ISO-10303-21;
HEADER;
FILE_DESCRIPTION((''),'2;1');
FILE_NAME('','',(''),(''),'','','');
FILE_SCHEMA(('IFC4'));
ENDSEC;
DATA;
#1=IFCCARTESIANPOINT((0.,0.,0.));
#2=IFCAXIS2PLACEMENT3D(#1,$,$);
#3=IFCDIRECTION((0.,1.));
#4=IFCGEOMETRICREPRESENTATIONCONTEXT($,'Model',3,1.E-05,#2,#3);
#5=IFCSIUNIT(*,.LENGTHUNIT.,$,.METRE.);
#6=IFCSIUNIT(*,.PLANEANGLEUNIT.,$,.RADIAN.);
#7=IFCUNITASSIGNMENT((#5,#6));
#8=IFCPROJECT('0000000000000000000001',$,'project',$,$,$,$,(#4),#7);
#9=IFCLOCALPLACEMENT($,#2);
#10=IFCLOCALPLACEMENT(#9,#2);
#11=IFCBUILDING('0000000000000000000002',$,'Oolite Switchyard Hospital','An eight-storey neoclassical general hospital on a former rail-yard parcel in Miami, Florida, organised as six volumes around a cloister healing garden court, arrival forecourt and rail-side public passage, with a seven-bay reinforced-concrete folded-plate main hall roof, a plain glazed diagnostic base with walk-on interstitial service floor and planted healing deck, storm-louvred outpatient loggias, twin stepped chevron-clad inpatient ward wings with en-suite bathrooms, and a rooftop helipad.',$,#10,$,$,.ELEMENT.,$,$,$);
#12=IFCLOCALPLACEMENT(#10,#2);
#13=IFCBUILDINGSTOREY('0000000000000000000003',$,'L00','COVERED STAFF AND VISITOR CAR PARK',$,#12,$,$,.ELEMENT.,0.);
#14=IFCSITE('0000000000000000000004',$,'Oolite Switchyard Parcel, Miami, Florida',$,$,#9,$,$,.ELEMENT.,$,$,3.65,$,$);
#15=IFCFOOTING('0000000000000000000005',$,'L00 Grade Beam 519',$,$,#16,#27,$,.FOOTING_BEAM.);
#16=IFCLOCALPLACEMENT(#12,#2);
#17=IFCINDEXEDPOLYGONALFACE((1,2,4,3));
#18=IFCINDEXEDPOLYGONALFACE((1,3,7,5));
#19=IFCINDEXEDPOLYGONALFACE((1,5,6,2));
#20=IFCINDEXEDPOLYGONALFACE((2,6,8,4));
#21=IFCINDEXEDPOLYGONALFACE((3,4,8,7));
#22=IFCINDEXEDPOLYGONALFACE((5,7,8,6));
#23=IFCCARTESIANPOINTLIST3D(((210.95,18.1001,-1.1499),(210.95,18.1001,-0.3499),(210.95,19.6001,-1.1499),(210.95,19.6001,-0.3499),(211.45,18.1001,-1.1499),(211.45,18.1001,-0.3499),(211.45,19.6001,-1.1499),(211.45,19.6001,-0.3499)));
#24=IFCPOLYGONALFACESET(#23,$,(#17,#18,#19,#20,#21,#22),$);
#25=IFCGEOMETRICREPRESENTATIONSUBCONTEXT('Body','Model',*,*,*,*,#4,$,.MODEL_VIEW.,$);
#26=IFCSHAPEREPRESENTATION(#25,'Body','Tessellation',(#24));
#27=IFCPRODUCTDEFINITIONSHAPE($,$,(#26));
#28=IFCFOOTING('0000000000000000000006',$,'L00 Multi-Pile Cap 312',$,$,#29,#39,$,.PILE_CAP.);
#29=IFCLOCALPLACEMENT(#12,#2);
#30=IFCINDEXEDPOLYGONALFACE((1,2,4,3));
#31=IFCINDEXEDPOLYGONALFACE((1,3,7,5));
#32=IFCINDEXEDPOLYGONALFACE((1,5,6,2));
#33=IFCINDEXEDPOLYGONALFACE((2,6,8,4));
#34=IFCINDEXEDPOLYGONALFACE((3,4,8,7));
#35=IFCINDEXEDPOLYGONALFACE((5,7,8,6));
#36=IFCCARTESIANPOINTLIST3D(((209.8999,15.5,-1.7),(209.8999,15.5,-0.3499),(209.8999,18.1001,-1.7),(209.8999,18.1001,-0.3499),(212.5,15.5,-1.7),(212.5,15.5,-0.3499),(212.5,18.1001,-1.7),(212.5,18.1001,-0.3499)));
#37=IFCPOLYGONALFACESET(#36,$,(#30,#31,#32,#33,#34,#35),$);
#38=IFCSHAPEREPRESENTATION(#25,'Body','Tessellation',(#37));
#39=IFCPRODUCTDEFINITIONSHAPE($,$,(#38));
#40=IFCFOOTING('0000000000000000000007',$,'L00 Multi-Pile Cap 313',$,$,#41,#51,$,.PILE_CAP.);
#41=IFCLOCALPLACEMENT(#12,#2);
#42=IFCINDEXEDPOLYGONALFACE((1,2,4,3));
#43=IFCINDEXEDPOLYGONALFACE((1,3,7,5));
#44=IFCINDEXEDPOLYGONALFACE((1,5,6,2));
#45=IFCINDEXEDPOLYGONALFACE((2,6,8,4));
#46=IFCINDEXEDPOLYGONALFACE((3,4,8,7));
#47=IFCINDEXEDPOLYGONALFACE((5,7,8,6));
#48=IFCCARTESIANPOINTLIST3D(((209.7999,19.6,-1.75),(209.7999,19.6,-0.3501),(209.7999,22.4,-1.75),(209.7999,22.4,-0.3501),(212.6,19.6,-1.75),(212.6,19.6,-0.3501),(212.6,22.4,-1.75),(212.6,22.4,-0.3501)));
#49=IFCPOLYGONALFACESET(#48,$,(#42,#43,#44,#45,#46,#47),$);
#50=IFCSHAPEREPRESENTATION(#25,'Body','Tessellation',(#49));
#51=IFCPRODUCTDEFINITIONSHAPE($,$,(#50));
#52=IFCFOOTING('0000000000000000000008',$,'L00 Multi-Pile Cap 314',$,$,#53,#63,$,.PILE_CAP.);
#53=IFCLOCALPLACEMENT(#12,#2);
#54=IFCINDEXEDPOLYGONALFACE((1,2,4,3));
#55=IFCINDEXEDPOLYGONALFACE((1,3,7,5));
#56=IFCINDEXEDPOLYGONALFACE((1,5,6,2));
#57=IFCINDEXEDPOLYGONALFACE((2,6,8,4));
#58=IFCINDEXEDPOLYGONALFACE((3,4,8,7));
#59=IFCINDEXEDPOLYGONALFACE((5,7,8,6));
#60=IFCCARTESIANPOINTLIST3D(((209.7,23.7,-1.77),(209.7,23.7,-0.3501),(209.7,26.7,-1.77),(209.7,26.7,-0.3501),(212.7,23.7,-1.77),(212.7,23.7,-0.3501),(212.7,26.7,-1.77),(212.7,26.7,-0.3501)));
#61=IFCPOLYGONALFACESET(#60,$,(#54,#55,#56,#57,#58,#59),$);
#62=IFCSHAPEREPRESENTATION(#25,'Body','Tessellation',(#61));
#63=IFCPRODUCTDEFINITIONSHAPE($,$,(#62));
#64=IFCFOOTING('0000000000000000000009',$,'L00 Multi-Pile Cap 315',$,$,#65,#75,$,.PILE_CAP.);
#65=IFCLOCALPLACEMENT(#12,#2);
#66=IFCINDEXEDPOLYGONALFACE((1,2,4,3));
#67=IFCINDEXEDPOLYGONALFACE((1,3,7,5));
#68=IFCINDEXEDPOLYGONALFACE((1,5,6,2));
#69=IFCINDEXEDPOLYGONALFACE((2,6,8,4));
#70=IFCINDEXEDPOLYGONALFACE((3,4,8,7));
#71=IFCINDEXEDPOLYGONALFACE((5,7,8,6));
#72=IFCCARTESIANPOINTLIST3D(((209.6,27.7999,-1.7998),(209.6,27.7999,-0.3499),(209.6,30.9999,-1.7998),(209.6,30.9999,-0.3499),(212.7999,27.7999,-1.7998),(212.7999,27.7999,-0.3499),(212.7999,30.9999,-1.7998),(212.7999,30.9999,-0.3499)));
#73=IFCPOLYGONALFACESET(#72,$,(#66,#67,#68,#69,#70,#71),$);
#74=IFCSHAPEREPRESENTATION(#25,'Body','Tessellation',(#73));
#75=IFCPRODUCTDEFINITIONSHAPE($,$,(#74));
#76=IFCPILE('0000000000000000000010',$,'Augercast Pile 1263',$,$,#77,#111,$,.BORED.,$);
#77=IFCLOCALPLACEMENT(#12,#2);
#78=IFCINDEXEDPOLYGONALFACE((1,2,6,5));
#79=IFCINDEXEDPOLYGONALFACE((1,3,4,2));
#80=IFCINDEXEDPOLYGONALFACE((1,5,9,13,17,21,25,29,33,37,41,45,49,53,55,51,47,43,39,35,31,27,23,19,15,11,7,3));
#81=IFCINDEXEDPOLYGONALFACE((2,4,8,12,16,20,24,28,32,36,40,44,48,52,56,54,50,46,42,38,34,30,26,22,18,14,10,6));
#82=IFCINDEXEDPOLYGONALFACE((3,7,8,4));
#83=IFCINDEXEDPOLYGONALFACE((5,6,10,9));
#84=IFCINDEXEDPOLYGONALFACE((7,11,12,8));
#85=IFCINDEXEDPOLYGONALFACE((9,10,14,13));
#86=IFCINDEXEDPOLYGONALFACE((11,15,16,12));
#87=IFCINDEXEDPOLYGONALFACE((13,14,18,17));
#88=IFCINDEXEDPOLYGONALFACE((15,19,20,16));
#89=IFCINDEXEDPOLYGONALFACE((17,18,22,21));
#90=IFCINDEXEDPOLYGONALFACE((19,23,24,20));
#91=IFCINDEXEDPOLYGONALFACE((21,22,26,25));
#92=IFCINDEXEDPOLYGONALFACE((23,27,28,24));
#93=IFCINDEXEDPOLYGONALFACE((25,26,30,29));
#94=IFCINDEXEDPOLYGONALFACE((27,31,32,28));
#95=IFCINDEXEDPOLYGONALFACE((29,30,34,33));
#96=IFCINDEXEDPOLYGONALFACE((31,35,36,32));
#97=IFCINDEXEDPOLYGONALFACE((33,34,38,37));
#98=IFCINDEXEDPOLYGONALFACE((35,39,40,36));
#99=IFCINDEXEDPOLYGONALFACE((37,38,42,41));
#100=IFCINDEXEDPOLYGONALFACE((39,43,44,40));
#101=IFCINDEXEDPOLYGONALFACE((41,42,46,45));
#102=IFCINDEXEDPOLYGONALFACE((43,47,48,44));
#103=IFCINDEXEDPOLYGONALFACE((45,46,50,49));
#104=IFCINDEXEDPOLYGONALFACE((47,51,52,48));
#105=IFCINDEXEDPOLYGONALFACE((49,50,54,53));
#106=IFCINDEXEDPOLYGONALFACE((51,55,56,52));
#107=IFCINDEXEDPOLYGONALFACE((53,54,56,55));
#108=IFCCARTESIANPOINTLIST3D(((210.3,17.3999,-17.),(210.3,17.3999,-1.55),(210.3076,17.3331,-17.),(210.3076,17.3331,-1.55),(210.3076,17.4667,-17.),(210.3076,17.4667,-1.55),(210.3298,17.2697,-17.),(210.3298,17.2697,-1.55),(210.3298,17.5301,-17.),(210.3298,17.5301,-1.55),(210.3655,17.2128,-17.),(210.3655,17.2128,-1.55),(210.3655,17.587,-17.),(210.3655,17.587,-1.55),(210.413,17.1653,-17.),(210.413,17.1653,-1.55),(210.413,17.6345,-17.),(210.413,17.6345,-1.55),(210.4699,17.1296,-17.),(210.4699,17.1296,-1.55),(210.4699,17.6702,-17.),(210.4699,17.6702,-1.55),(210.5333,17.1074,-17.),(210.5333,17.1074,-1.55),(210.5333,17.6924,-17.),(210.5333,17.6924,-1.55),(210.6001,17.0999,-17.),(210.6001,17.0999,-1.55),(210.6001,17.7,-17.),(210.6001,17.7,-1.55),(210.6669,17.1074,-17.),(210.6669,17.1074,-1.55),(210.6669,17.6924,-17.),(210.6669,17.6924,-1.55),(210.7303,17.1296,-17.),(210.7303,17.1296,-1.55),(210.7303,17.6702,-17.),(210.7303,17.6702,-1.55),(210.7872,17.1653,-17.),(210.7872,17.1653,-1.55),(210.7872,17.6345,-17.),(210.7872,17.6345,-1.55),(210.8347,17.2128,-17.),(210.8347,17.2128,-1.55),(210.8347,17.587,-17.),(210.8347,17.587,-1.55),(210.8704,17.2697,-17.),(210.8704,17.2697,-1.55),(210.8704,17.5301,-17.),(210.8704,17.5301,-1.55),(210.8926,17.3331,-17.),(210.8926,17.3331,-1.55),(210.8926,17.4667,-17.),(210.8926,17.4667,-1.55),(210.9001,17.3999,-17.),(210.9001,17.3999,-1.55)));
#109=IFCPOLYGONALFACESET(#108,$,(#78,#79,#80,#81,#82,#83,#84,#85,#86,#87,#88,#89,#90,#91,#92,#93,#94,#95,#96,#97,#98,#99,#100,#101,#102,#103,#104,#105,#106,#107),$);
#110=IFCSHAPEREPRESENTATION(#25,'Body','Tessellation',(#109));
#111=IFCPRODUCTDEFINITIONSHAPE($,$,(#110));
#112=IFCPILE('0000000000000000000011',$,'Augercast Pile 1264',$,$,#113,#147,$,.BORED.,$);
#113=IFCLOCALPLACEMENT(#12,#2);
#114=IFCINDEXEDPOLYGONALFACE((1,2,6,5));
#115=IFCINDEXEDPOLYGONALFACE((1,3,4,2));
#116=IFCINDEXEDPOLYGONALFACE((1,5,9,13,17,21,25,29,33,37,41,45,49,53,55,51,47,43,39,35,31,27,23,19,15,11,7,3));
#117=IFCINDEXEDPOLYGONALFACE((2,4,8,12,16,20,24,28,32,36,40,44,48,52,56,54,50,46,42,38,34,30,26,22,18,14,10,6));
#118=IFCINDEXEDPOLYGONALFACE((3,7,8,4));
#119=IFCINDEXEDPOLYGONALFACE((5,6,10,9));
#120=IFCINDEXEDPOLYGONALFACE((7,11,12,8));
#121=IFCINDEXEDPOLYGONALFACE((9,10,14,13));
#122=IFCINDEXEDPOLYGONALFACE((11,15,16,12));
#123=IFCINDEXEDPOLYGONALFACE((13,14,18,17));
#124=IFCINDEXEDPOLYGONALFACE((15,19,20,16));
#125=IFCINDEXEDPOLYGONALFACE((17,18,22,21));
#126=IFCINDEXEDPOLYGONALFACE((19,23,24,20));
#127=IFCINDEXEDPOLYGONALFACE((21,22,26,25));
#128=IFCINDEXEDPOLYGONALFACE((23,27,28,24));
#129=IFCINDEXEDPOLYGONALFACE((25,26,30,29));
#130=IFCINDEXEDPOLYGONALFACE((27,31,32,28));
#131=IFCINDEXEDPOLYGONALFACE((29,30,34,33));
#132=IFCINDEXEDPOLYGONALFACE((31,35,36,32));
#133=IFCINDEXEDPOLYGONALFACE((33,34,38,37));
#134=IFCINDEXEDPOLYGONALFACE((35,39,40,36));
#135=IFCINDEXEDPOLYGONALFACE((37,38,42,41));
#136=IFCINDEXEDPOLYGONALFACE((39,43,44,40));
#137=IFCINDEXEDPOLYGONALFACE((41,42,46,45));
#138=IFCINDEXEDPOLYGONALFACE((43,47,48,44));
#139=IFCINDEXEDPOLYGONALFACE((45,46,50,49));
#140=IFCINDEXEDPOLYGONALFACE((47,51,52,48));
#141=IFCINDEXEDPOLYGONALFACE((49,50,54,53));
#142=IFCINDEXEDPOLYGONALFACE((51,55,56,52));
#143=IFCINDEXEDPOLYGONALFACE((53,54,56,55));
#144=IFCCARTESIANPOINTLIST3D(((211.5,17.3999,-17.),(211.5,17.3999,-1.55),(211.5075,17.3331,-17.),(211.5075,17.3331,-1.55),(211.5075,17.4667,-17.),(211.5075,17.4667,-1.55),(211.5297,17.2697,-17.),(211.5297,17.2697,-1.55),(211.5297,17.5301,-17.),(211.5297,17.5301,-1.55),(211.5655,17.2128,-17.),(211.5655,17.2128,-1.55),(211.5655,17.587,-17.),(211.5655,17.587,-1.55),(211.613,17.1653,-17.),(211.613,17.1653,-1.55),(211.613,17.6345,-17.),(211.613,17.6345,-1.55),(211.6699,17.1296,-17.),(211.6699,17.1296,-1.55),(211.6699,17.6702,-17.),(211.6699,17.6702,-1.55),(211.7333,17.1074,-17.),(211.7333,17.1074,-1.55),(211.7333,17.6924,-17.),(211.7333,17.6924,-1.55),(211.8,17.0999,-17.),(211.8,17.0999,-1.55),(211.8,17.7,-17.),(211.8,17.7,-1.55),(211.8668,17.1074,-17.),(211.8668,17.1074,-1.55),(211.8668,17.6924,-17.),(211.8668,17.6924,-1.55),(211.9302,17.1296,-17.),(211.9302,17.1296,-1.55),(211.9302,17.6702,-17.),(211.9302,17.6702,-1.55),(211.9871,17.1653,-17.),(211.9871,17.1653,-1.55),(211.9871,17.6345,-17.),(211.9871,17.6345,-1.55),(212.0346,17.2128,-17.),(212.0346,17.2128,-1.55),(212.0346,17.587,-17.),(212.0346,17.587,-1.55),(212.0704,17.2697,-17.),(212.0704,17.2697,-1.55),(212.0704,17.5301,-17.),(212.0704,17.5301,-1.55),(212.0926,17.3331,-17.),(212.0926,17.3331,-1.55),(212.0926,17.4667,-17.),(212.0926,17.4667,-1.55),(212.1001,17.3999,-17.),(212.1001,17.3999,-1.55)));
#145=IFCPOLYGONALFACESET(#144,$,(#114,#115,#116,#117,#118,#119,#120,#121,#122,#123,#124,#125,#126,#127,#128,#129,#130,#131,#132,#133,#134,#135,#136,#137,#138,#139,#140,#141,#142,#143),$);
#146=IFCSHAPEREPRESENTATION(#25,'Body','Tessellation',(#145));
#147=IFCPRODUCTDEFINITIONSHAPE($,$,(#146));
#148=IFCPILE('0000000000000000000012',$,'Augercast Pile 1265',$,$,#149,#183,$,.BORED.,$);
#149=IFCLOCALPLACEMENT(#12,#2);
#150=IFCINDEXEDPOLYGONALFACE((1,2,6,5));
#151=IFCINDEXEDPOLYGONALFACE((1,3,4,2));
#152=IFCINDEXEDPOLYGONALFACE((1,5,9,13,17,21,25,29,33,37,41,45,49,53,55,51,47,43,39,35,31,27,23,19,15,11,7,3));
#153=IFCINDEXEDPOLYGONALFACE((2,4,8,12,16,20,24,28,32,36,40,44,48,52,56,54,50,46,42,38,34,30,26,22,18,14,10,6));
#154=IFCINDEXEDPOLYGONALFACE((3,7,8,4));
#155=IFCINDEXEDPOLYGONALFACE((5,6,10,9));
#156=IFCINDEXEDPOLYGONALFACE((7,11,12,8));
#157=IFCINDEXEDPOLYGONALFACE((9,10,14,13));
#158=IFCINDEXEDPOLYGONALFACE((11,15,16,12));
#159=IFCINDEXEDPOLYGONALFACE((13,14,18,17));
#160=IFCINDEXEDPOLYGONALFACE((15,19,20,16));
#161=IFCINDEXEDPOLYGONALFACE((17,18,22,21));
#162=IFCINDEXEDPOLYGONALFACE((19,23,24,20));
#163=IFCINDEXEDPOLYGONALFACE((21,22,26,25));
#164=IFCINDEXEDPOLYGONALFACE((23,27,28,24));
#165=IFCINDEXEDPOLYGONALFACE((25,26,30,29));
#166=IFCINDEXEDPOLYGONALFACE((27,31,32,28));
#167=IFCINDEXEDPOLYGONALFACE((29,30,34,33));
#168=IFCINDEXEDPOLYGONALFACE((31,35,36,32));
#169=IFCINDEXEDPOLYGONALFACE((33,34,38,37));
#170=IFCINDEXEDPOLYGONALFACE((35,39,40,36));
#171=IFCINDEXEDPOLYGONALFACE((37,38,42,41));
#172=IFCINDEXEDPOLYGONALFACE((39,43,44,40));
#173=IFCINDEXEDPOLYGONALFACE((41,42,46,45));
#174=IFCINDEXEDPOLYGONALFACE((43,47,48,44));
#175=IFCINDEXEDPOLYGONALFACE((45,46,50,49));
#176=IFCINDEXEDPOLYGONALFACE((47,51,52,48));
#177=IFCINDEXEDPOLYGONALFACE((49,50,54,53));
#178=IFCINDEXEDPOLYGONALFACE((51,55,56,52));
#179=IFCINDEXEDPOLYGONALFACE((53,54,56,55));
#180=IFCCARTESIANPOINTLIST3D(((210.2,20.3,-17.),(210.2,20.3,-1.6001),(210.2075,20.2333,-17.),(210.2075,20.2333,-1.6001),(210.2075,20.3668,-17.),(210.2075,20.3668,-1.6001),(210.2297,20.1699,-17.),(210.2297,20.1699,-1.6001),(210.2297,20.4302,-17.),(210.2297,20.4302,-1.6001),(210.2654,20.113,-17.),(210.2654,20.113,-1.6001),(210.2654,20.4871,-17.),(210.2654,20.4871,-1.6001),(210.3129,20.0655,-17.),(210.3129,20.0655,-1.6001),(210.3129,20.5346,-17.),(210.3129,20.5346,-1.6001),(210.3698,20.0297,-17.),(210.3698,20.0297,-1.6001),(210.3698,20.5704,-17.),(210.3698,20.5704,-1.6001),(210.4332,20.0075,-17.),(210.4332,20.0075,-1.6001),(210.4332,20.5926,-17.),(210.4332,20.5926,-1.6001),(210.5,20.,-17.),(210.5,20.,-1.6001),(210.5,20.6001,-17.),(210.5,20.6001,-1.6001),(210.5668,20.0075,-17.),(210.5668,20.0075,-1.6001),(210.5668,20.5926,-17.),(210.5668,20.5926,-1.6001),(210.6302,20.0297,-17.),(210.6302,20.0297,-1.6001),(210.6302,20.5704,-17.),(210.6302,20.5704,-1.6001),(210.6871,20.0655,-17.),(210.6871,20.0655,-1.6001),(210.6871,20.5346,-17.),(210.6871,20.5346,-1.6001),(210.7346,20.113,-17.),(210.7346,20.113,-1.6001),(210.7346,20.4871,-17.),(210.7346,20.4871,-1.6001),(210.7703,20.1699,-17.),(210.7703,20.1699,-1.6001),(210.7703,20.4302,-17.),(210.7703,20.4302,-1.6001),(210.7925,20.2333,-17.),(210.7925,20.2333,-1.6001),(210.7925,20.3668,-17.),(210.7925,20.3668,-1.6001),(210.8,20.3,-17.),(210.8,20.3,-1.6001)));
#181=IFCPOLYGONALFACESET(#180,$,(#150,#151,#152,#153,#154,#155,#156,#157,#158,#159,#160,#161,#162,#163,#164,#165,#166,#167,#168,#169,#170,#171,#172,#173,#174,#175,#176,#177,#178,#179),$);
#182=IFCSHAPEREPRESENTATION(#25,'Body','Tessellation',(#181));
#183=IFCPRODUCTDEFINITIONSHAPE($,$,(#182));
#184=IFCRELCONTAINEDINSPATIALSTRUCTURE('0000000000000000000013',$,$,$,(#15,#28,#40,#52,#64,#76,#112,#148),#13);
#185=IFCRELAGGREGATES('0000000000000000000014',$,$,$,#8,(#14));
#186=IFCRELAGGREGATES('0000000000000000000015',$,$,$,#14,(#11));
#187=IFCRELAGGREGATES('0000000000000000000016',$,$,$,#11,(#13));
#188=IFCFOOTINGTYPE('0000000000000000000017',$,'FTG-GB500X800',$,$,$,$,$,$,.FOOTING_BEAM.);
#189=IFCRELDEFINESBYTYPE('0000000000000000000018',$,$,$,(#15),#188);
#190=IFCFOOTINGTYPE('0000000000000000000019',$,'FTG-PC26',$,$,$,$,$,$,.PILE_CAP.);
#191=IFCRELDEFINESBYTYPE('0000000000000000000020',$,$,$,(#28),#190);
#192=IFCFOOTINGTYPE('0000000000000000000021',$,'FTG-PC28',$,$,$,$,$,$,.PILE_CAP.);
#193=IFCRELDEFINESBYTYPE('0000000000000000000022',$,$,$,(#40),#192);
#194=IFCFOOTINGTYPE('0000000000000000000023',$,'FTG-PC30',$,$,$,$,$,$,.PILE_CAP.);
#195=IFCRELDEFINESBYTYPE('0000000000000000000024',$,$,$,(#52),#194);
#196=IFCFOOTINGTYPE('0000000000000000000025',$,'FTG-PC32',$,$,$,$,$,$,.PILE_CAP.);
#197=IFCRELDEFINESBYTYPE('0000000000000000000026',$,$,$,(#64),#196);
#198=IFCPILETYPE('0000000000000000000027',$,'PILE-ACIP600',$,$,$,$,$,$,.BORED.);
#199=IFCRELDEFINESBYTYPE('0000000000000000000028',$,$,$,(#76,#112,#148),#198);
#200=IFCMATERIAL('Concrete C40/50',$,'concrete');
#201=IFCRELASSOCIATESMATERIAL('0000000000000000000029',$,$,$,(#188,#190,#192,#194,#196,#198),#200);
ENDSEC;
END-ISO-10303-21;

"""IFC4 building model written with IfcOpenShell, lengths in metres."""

from ifc_helpers import new_model, si_unit, direction, frame, origin, origin_2d, place, context, subcontext, project, spatial, rectangle, circle, extrude, material, material_profile, profile_set, type_object, element, save


model = new_model("IFC4")

# Units and contexts
model_context = context("Model", 3, precision=1e-05, world=origin(), true_north=direction((0.0, 1.0)))
body_context = subcontext(model_context, "Body", "Model", "MODEL_VIEW")
ifc_project = project(units=[si_unit("LENGTHUNIT", "METRE"), si_unit("PLANEANGLEUNIT", "RADIAN")], contexts=[model_context])

# Site, building, storey
site_placement = place(None, origin())
site = spatial("IfcSite", under=ifc_project, at=site_placement, Name="Oolite Switchyard Parcel, Miami, Florida", CompositionType="ELEMENT", RefElevation=3.65)
building_placement = place(site_placement, origin())
building = spatial("IfcBuilding", under=site, at=building_placement, Name="Oolite Switchyard Hospital", Description="An eight-storey neoclassical general hospital on a former rail-yard parcel in Miami, Florida, organised as six volumes around a cloister healing garden court, arrival forecourt and rail-side public passage, with a seven-bay reinforced-concrete folded-plate main hall roof, a plain glazed diagnostic base with walk-on interstitial service floor and planted healing deck, storm-louvred outpatient loggias, twin stepped chevron-clad inpatient ward wings with en-suite bathrooms, and a rooftop helipad.", CompositionType="ELEMENT")
storey_placement = place(building_placement, origin())
storey = spatial("IfcBuildingStorey", under=building, at=storey_placement, Name="L00", Description="COVERED STAFF AND VISITOR CAR PARK", CompositionType="ELEMENT", Elevation=0.0)

# Footings
ifc_material_1 = material(Name="Concrete C40/50", Category="concrete")
footing_type_1 = type_object("IfcFootingType", Name="FTG-GB500X800", PredefinedType="FOOTING_BEAM", material=ifc_material_1)
footing_1_placement = place(storey_placement, frame((211.2, 18.8501, -1.1499), z_axis=(0.0, 0.0, 1.0), x_axis=(0.0, 1.0, 0.0)))
element("IfcFooting", 1, at=footing_1_placement, inside=storey, type_object=footing_type_1, Name="L00 Grade Beam 519", PredefinedType="FOOTING_BEAM", context=body_context, shape_type="SweptSolid", body=[
    extrude(rectangle(XDim=1.5, YDim=0.5, at=origin_2d()), origin(), (0.0, 0.0, 1.0), 0.8),
])
footing_type_2 = type_object("IfcFootingType", Name="FTG-PC26", PredefinedType="PILE_CAP", material=ifc_material_1)
footing_2_placement = place(storey_placement, frame((211.2, 16.8, -1.7), z_axis=(0.0, 0.0, 1.0), x_axis=(1.0, 0.0, 0.0)))
element("IfcFooting", 2, at=footing_2_placement, inside=storey, type_object=footing_type_2, Name="L00 Multi-Pile Cap 312", PredefinedType="PILE_CAP", context=body_context, shape_type="SweptSolid", body=[
    extrude(rectangle(XDim=2.6001, YDim=2.6001, at=origin_2d()), origin(), (0.0, 0.0, 1.0), 1.3501),
])
footing_type_3 = type_object("IfcFootingType", Name="FTG-PC28", PredefinedType="PILE_CAP", material=ifc_material_1)
footing_3_placement = place(storey_placement, frame((211.2, 21.0, -1.75), z_axis=(0.0, 0.0, 1.0), x_axis=(1.0, 0.0, 0.0)))
element("IfcFooting", 3, at=footing_3_placement, inside=storey, type_object=footing_type_3, Name="L00 Multi-Pile Cap 313", PredefinedType="PILE_CAP", context=body_context, shape_type="SweptSolid", body=[
    extrude(rectangle(XDim=2.8, YDim=2.8, at=origin_2d()), origin(), (0.0, 0.0, 1.0), 1.3999),
])
footing_type_4 = type_object("IfcFootingType", Name="FTG-PC30", PredefinedType="PILE_CAP", material=ifc_material_1)
footing_4_placement = place(storey_placement, frame((211.2, 25.2, -1.77), z_axis=(0.0, 0.0, 1.0), x_axis=(1.0, 0.0, 0.0)))
element("IfcFooting", 4, at=footing_4_placement, inside=storey, type_object=footing_type_4, Name="L00 Multi-Pile Cap 314", PredefinedType="PILE_CAP", context=body_context, shape_type="SweptSolid", body=[
    extrude(rectangle(XDim=3.0, YDim=3.0, at=origin_2d()), origin(), (0.0, 0.0, 1.0), 1.4199),
])
footing_type_5 = type_object("IfcFootingType", Name="FTG-PC32", PredefinedType="PILE_CAP", material=ifc_material_1)
footing_5_placement = place(storey_placement, frame((211.2, 29.3999, -1.7998), z_axis=(0.0, 0.0, 1.0), x_axis=(1.0, 0.0, 0.0)))
element("IfcFooting", 5, at=footing_5_placement, inside=storey, type_object=footing_type_5, Name="L00 Multi-Pile Cap 315", PredefinedType="PILE_CAP", context=body_context, shape_type="SweptSolid", body=[
    extrude(rectangle(XDim=3.2, YDim=3.2, at=origin_2d()), origin(), (0.0, 0.0, 1.0), 1.45),
])

# Piles
ifc_material_profile_1 = material_profile(ifc_material_1, circle(Radius=0.3, at=origin_2d()), Name="PILE600")
ifc_profile_set_1 = profile_set([ifc_material_profile_1], Name="Concrete C40/50")
pile_type = type_object("IfcPileType", Name="PILE-ACIP600", PredefinedType="BORED", material=ifc_profile_set_1)
for number, where, z_axis, x_axis, name in (
    (6, (210.6001, 17.3999, -1.55), (0.0, 0.0, -1.0), (1.0, 0.0, 0.0), "Augercast Pile 1263"),
    (7, (211.8, 17.3999, -1.55), (0.0, 0.0, -1.0), (1.0, 0.0, 0.0), "Augercast Pile 1264"),
):
    element("IfcPile", number, at=place(storey_placement, frame(where, z_axis=z_axis, x_axis=x_axis)), inside=storey, type_object=pile_type, Name=name, PredefinedType="BORED", context=body_context, shape_type="SweptSolid", body=[
        extrude(circle(Radius=0.3, at=origin_2d()), origin(), (0.0, 0.0, 1.0), 15.45),
    ])
for number, where, z_axis, x_axis, name in (
    (8, (210.5, 20.3, -1.6001), (0.0, 0.0, -1.0), (1.0, 0.0, 0.0), "Augercast Pile 1265"),
):
    element("IfcPile", number, at=place(storey_placement, frame(where, z_axis=z_axis, x_axis=x_axis)), inside=storey, type_object=pile_type, Name=name, PredefinedType="BORED", context=body_context, shape_type="SweptSolid", body=[
        extrude(circle(Radius=0.3, at=origin_2d()), origin(), (0.0, 0.0, 1.0), 15.3999),
    ])

save(model, "model.ifc")
